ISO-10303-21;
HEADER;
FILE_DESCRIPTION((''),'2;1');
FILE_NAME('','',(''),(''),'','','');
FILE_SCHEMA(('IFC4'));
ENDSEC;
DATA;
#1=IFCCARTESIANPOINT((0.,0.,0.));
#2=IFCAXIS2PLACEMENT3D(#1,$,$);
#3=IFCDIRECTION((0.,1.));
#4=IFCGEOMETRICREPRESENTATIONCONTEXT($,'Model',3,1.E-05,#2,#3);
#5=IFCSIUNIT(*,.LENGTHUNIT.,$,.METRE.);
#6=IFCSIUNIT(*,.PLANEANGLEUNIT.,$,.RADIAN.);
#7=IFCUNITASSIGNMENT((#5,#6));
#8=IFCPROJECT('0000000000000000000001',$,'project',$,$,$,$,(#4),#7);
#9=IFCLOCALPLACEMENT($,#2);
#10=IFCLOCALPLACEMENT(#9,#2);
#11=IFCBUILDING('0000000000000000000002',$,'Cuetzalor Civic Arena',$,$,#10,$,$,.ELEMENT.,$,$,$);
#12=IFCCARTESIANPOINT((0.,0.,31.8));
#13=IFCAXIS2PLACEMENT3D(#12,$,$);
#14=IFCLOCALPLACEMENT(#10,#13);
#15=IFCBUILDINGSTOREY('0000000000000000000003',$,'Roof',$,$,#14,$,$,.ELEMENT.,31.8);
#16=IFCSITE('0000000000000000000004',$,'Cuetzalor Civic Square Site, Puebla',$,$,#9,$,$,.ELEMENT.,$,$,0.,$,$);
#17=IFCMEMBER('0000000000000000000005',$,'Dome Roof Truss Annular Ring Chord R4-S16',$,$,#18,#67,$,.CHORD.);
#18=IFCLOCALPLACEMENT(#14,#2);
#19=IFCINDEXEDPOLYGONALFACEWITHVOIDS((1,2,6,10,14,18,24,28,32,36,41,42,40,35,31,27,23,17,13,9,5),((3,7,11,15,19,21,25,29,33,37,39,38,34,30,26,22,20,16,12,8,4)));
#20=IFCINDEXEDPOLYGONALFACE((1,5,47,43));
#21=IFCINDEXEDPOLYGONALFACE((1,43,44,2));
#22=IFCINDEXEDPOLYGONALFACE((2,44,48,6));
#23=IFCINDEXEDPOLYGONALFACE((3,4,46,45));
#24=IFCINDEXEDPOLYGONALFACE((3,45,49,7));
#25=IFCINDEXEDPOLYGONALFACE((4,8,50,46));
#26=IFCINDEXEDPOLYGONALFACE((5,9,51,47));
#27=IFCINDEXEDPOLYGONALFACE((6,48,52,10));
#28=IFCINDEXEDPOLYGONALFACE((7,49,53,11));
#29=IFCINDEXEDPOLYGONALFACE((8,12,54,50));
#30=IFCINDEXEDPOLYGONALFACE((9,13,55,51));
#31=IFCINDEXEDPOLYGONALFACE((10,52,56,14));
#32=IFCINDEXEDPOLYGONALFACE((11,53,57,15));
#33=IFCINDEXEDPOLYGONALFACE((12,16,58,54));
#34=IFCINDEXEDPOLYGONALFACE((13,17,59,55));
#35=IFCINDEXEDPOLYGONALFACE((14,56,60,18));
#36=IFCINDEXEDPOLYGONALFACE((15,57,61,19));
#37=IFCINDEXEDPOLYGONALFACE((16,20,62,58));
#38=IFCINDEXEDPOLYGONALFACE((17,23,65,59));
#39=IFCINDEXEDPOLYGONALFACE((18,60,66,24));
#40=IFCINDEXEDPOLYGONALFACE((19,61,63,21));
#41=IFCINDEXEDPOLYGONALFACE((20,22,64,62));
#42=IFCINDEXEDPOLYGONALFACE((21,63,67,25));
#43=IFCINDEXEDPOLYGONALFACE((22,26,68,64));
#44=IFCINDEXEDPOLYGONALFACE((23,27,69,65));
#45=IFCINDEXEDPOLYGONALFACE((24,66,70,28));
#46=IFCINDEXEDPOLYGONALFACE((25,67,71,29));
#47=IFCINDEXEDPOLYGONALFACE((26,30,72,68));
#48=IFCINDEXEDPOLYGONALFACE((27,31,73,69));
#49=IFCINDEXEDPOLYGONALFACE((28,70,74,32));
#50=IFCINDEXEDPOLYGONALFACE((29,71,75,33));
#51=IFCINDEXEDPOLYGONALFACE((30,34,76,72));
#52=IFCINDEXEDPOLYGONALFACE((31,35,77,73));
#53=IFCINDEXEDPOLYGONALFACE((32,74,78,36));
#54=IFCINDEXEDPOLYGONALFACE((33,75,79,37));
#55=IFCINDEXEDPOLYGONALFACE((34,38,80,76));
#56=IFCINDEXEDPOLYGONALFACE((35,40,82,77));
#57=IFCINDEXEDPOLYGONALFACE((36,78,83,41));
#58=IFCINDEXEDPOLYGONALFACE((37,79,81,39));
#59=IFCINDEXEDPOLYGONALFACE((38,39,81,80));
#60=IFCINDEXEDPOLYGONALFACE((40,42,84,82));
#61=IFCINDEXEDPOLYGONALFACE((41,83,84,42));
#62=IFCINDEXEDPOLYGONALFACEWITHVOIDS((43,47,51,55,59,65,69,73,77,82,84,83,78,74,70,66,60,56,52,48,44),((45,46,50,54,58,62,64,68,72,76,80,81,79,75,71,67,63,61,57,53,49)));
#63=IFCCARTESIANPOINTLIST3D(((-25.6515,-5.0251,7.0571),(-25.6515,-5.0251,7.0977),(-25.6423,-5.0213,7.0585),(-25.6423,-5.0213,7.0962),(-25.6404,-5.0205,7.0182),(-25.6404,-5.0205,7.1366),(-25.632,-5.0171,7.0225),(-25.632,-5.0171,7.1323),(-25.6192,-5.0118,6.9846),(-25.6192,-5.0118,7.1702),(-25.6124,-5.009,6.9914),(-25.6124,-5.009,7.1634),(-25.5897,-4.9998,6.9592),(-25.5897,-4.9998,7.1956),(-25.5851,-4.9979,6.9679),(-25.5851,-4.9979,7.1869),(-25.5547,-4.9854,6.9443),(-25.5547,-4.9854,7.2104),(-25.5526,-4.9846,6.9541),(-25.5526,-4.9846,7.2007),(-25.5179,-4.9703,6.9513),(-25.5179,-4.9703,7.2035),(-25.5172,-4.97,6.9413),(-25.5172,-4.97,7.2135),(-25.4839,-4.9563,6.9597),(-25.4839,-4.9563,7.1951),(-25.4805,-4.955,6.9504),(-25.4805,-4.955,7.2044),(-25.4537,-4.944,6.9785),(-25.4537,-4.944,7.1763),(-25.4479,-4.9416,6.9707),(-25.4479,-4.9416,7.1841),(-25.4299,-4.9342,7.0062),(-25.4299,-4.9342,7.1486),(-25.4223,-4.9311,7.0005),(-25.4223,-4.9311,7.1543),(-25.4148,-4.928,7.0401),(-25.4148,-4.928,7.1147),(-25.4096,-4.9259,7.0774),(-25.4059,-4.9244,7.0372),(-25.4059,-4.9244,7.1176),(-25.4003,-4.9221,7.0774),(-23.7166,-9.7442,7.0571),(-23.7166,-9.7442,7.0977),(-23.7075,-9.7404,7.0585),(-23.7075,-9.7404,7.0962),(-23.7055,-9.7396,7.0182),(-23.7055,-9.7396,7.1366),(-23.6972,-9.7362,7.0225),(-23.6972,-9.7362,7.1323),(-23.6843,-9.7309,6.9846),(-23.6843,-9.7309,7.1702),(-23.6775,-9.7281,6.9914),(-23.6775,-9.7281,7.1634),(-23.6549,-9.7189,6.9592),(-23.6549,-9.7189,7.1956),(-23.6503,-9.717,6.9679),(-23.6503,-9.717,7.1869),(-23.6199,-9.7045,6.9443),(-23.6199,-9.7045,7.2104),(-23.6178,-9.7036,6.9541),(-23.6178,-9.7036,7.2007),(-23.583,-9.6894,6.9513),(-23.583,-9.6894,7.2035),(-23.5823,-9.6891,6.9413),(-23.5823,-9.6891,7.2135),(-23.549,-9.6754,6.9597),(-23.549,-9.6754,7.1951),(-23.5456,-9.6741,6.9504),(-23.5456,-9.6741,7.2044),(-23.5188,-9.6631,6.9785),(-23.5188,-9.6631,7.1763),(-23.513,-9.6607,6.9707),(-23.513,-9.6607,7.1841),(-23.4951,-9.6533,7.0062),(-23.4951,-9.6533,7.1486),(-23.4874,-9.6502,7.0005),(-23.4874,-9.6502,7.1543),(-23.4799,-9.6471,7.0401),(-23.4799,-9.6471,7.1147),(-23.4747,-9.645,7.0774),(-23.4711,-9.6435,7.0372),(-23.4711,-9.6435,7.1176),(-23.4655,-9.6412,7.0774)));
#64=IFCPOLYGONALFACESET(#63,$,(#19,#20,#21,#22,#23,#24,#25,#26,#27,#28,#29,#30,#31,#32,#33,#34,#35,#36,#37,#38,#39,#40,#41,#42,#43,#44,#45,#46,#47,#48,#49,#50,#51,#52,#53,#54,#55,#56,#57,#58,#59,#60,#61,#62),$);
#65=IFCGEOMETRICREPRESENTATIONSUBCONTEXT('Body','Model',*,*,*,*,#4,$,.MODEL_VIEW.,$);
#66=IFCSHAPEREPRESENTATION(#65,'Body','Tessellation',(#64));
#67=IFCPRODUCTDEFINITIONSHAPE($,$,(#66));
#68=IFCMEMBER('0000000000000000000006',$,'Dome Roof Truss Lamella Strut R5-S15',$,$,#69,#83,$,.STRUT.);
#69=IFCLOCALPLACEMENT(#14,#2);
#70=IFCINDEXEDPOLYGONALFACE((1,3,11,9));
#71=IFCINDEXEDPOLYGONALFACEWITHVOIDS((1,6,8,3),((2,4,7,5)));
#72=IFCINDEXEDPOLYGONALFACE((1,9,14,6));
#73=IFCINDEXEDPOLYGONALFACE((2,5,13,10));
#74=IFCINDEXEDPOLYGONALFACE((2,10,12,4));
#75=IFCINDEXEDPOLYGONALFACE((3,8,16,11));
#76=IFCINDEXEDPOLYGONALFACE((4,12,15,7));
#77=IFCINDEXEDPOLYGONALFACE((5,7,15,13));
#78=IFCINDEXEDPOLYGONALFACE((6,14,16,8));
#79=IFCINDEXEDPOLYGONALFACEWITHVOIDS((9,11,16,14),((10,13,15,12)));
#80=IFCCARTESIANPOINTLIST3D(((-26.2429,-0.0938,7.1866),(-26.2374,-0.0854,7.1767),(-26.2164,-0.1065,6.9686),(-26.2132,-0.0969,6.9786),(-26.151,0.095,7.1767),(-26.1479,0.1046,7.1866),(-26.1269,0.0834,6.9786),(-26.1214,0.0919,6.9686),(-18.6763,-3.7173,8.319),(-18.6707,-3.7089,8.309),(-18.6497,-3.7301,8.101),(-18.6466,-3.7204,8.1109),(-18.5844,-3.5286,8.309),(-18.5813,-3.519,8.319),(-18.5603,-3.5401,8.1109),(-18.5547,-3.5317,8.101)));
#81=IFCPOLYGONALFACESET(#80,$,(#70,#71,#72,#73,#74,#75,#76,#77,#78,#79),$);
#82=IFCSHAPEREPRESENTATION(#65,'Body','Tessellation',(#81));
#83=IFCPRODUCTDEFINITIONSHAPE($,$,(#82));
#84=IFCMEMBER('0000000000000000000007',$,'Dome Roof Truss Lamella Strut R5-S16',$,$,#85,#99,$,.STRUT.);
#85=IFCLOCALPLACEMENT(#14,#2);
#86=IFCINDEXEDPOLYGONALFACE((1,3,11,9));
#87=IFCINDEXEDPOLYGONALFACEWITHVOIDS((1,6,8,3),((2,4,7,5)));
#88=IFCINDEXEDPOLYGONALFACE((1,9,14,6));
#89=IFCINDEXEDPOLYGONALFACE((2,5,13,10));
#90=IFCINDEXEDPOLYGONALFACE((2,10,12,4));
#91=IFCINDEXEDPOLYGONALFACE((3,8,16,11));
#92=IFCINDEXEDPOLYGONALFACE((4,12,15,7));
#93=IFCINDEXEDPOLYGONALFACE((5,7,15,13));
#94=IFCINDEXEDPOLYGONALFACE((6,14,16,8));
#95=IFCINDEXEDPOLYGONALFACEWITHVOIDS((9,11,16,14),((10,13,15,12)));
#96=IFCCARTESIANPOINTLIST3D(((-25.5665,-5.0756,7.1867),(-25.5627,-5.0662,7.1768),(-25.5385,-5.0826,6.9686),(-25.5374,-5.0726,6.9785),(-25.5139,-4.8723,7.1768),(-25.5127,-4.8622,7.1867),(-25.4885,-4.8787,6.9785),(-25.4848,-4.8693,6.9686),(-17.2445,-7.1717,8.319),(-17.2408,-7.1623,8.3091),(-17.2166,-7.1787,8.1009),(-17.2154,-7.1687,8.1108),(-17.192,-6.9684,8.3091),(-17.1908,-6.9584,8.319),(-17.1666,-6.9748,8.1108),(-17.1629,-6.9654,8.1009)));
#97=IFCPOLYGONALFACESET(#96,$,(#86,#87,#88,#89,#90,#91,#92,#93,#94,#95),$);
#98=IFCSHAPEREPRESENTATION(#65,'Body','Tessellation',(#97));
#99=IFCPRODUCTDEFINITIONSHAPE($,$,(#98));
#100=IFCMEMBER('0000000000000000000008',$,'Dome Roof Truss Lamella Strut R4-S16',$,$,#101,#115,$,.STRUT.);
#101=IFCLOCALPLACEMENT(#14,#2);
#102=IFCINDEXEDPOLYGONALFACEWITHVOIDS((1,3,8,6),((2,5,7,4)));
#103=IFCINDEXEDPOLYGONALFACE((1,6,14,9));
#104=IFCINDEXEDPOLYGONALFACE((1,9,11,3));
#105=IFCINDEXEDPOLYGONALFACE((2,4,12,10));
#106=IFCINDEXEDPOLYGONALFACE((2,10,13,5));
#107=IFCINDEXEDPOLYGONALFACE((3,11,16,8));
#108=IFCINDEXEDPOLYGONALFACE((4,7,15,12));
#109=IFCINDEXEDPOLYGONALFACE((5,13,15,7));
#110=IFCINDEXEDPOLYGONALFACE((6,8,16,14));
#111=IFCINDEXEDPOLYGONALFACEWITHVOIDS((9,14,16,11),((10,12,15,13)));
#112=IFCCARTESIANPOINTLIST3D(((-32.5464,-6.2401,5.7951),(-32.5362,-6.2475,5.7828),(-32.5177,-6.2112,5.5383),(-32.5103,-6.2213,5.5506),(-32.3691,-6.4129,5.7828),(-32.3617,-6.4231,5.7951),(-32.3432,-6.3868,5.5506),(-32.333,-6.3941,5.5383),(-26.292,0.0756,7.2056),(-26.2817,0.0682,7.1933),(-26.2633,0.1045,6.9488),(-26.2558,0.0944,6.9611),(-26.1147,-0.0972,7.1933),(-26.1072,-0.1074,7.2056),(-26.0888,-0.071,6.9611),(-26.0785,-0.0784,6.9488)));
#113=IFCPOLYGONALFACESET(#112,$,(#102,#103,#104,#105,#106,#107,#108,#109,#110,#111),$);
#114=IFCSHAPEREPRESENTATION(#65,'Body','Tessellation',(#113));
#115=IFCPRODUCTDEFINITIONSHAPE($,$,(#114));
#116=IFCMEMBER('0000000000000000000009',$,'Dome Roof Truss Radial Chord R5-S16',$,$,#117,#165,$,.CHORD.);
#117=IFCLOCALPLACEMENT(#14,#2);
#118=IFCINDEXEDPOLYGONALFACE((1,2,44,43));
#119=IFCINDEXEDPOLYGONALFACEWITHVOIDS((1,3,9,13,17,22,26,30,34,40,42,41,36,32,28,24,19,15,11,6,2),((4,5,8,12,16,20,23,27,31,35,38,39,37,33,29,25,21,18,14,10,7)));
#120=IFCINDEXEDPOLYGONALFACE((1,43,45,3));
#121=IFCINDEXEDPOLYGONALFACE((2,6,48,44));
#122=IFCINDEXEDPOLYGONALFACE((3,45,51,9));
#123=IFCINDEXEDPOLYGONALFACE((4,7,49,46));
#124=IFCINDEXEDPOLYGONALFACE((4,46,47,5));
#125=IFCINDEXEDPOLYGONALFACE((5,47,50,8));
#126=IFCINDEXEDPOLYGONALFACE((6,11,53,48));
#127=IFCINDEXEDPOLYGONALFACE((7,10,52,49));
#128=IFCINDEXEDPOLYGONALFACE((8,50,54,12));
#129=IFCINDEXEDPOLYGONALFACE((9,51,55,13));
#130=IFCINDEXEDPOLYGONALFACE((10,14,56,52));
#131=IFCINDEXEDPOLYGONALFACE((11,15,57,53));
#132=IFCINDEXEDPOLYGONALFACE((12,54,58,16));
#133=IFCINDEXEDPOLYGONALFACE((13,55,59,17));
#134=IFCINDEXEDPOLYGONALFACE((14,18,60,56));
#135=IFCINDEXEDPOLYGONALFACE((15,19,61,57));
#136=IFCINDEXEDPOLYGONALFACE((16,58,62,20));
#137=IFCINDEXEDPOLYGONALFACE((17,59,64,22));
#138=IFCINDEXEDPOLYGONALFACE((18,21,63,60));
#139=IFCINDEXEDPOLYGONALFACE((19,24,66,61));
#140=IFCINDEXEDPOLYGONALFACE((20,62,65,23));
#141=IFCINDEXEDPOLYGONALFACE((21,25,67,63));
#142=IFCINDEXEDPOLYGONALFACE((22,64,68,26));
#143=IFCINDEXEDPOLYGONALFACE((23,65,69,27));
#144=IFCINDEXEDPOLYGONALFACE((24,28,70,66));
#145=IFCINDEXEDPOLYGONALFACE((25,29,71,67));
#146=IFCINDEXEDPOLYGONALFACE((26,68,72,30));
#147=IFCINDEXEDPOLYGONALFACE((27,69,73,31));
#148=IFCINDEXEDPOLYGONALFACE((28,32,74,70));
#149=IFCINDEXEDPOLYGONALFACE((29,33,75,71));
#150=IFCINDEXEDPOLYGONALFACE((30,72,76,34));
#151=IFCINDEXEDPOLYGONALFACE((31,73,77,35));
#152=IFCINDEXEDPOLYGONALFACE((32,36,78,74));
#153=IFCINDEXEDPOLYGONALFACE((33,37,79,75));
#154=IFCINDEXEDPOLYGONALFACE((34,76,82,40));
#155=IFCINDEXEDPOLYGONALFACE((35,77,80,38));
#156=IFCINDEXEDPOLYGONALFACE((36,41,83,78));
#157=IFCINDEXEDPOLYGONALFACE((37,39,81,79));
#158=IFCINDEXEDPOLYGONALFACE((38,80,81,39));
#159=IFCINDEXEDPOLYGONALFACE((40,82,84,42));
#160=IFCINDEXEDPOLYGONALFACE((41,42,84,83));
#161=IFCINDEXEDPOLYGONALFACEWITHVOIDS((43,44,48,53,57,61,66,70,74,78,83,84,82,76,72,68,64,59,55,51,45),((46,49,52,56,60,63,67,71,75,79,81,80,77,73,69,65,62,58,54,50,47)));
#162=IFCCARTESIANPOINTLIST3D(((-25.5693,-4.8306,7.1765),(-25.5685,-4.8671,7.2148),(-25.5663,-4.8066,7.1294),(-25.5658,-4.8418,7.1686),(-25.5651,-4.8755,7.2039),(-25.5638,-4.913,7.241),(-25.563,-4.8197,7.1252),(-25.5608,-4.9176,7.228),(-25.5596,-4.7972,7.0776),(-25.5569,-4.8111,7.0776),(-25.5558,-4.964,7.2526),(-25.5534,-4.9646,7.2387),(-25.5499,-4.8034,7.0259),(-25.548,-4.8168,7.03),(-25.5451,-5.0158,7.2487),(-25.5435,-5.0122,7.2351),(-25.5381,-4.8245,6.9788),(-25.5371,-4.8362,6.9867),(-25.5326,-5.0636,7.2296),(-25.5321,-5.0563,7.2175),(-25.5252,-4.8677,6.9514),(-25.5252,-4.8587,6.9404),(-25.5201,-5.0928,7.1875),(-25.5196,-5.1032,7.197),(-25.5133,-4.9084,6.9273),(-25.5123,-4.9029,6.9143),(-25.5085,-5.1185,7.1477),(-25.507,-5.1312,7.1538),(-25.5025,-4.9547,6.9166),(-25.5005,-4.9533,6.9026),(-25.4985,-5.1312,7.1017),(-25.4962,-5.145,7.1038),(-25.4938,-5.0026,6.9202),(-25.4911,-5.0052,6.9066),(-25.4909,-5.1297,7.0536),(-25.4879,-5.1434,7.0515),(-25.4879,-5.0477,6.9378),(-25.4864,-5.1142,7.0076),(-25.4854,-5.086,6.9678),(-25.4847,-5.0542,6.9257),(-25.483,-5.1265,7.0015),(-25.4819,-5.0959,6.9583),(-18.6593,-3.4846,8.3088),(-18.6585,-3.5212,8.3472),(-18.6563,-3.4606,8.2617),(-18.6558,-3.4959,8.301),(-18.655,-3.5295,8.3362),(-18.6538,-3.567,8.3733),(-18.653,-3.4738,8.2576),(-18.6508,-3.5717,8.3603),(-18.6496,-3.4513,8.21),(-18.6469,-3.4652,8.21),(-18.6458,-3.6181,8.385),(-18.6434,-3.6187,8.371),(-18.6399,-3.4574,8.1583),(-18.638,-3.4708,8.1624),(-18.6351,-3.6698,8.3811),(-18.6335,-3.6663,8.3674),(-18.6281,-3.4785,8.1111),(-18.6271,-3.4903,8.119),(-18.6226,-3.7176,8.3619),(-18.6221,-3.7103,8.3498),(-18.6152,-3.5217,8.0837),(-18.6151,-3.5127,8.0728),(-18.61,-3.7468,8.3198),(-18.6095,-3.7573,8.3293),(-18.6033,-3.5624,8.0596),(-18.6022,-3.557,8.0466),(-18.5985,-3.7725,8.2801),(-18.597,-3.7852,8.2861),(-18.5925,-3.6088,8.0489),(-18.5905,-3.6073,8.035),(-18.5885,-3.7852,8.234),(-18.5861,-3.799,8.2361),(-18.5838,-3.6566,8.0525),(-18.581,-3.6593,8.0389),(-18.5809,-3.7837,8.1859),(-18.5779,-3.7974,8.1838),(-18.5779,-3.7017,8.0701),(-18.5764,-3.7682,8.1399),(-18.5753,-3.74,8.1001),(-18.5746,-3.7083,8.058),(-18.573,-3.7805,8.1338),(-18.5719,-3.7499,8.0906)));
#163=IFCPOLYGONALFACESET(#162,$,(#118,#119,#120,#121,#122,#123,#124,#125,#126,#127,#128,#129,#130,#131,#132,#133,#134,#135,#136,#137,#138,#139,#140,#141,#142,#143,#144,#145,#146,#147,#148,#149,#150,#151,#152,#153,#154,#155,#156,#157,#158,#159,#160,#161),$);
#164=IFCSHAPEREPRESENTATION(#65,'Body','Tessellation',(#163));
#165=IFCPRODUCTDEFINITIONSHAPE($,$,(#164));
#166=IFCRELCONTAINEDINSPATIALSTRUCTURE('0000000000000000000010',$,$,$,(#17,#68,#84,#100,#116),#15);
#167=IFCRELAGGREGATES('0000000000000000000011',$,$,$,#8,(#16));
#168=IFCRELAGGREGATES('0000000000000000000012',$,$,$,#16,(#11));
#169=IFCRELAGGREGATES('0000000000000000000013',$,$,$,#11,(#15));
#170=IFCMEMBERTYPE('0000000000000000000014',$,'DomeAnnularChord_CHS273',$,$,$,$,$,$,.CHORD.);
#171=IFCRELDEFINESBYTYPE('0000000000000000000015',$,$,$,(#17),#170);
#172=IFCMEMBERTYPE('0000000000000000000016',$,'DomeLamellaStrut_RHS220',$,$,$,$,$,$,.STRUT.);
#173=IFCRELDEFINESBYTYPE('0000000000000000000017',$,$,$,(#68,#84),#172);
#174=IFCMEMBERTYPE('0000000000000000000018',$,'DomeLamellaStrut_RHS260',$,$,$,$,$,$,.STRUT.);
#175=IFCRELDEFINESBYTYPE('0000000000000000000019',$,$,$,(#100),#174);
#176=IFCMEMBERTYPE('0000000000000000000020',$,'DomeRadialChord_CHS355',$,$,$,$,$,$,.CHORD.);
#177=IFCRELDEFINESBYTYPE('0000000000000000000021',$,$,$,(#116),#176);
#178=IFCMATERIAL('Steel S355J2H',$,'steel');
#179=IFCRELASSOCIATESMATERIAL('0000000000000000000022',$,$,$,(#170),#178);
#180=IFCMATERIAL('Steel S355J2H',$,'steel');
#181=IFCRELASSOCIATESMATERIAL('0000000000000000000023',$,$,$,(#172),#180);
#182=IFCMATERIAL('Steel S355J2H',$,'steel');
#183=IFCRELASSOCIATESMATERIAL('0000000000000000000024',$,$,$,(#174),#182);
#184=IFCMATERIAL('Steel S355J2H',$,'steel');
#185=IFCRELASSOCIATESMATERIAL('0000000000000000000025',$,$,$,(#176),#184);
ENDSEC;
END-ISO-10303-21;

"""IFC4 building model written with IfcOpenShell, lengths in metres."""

from ifc_helpers import new_model, si_unit, direction, frame, origin, origin_2d, place, context, subcontext, project, spatial, hollow_rectangle, hollow_circle, extrude, material, material_profile, profile_set, type_object, element, save


model = new_model("IFC4")

# Units and contexts
model_context = context("Model", 3, precision=1e-05, world=origin(), true_north=direction((0.0, 1.0)))
body_context = subcontext(model_context, "Body", "Model", "MODEL_VIEW")
ifc_project = project(units=[si_unit("LENGTHUNIT", "METRE"), si_unit("PLANEANGLEUNIT", "RADIAN")], contexts=[model_context])

# Site, building, storey
site_placement = place(None, origin())
site = spatial("IfcSite", under=ifc_project, at=site_placement, Name="Cuetzalor Civic Square Site, Puebla", CompositionType="ELEMENT", RefElevation=0.0)
building_placement = place(site_placement, origin())
building = spatial("IfcBuilding", under=site, at=building_placement, Name="Cuetzalor Civic Arena", CompositionType="ELEMENT")
storey_placement = place(building_placement, frame((0.0, 0.0, 31.8)))
storey = spatial("IfcBuildingStorey", under=building, at=storey_placement, Name="Roof", CompositionType="ELEMENT", Elevation=31.8)

# Members
ifc_material_1 = material(Name="Steel S355J2H", Category="steel")
ifc_material_profile_1 = material_profile(ifc_material_1, hollow_circle(Radius=0.1365, WallThickness=0.01, at=origin_2d()), Name="CHS 273x10")
ifc_profile_set_1 = profile_set([ifc_material_profile_1], Name="Steel S355J2H")
member_type_1 = type_object("IfcMemberType", Name="DomeAnnularChord_CHS273", PredefinedType="CHORD", material=ifc_profile_set_1)
member_1_placement = place(storey_placement, frame((-25.5266, -4.9739, 7.0774), z_axis=(0.379358, -0.92525, 0.0), x_axis=(0.92525, 0.379358, 0.0)))
element("IfcMember", 1, at=member_1_placement, inside=storey, type_object=member_type_1, Name="Dome Roof Truss Annular Ring Chord R4-S16", PredefinedType="CHORD", context=body_context, shape_type="SweptSolid", body=[
    extrude(hollow_circle(Radius=0.1365, WallThickness=0.01, at=origin_2d()), origin(), (0.0, 0.0, 1.0), 5.1003),
])
ifc_material_2 = material(Name="Steel S355J2H", Category="steel")
ifc_material_profile_2 = material_profile(ifc_material_2, hollow_rectangle(XDim=0.22, YDim=0.22, WallThickness=0.01, at=origin_2d()), Name="RHS 220x220x10")
ifc_profile_set_2 = profile_set([ifc_material_profile_2], Name="Steel S355J2H")
member_type_2 = type_object("IfcMemberType", Name="DomeLamellaStrut_RHS220", PredefinedType="STRUT", material=ifc_profile_set_2)
member_2_placement = place(storey_placement, frame((-26.1821, -0.001, 7.0776), z_axis=(0.893812, -0.428031, 0.133756), x_axis=(0.431912, 0.901916, 0.0)))
element("IfcMember", 2, at=member_2_placement, inside=storey, type_object=member_type_2, Name="Dome Roof Truss Lamella Strut R5-S15", PredefinedType="STRUT", context=body_context, shape_type="SweptSolid", body=[
    extrude(hollow_rectangle(XDim=0.22, YDim=0.22, WallThickness=0.01, at=origin_2d()), origin(), (0.0, 0.0, 1.0), 8.4656),
])
member_3_placement = place(storey_placement, frame((-25.5256, -4.9724, 7.0776), z_axis=(0.961379, -0.242157, 0.130809), x_axis=(0.244256, 0.969711, 0.0)))
element("IfcMember", 3, at=member_3_placement, inside=storey, type_object=member_type_2, Name="Dome Roof Truss Lamella Strut R5-S16", PredefinedType="STRUT", context=body_context, shape_type="SweptSolid", body=[
    extrude(hollow_rectangle(XDim=0.22, YDim=0.22, WallThickness=0.01, at=origin_2d()), origin(), (0.0, 0.0, 1.0), 8.6562),
])
ifc_material_3 = material(Name="Steel S355J2H", Category="steel")
ifc_material_profile_3 = material_profile(ifc_material_3, hollow_rectangle(XDim=0.26, YDim=0.26, WallThickness=0.0125, at=origin_2d()), Name="RHS 260x260x12.5")
ifc_profile_set_3 = profile_set([ifc_material_profile_3], Name="Steel S355J2H")
member_type_3 = type_object("IfcMemberType", Name="DomeLamellaStrut_RHS260", PredefinedType="STRUT", material=ifc_profile_set_3)
member_4_placement = place(storey_placement, frame((-32.4397, -6.3171, 5.6667), z_axis=(0.694957, 0.701766, 0.156717), x_axis=(-0.710545, 0.703651, 0.0)))
element("IfcMember", 4, at=member_4_placement, inside=storey, type_object=member_type_3, Name="Dome Roof Truss Lamella Strut R4-S16", PredefinedType="STRUT", context=body_context, shape_type="SweptSolid", body=[
    extrude(hollow_rectangle(XDim=0.26, YDim=0.26, WallThickness=0.0125, at=origin_2d()), origin(), (0.0, 0.0, 1.0), 8.9998),
])
ifc_material_4 = material(Name="Steel S355J2H", Category="steel")
ifc_material_profile_4 = material_profile(ifc_material_4, hollow_circle(Radius=0.1777, WallThickness=0.0142, at=origin_2d()), Name="CHS 355.6x14.2")
ifc_profile_set_4 = profile_set([ifc_material_profile_4], Name="Steel S355J2H")
member_type_4 = type_object("IfcMemberType", Name="DomeRadialChord_CHS355", PredefinedType="CHORD", material=ifc_profile_set_4)
member_5_placement = place(storey_placement, frame((-25.5256, -4.9717, 7.0776), z_axis=(0.969097, 0.188766, 0.158805), x_axis=(-0.191192, 0.981553, 0.0)))
element("IfcMember", 5, at=member_5_placement, inside=storey, type_object=member_type_4, Name="Dome Roof Truss Radial Chord R5-S16", PredefinedType="CHORD", context=body_context, shape_type="SweptSolid", body=[
    extrude(hollow_circle(Radius=0.1777, WallThickness=0.0142, at=origin_2d()), origin(), (0.0, 0.0, 1.0), 7.1304),
])

save(model, "model.ifc")
